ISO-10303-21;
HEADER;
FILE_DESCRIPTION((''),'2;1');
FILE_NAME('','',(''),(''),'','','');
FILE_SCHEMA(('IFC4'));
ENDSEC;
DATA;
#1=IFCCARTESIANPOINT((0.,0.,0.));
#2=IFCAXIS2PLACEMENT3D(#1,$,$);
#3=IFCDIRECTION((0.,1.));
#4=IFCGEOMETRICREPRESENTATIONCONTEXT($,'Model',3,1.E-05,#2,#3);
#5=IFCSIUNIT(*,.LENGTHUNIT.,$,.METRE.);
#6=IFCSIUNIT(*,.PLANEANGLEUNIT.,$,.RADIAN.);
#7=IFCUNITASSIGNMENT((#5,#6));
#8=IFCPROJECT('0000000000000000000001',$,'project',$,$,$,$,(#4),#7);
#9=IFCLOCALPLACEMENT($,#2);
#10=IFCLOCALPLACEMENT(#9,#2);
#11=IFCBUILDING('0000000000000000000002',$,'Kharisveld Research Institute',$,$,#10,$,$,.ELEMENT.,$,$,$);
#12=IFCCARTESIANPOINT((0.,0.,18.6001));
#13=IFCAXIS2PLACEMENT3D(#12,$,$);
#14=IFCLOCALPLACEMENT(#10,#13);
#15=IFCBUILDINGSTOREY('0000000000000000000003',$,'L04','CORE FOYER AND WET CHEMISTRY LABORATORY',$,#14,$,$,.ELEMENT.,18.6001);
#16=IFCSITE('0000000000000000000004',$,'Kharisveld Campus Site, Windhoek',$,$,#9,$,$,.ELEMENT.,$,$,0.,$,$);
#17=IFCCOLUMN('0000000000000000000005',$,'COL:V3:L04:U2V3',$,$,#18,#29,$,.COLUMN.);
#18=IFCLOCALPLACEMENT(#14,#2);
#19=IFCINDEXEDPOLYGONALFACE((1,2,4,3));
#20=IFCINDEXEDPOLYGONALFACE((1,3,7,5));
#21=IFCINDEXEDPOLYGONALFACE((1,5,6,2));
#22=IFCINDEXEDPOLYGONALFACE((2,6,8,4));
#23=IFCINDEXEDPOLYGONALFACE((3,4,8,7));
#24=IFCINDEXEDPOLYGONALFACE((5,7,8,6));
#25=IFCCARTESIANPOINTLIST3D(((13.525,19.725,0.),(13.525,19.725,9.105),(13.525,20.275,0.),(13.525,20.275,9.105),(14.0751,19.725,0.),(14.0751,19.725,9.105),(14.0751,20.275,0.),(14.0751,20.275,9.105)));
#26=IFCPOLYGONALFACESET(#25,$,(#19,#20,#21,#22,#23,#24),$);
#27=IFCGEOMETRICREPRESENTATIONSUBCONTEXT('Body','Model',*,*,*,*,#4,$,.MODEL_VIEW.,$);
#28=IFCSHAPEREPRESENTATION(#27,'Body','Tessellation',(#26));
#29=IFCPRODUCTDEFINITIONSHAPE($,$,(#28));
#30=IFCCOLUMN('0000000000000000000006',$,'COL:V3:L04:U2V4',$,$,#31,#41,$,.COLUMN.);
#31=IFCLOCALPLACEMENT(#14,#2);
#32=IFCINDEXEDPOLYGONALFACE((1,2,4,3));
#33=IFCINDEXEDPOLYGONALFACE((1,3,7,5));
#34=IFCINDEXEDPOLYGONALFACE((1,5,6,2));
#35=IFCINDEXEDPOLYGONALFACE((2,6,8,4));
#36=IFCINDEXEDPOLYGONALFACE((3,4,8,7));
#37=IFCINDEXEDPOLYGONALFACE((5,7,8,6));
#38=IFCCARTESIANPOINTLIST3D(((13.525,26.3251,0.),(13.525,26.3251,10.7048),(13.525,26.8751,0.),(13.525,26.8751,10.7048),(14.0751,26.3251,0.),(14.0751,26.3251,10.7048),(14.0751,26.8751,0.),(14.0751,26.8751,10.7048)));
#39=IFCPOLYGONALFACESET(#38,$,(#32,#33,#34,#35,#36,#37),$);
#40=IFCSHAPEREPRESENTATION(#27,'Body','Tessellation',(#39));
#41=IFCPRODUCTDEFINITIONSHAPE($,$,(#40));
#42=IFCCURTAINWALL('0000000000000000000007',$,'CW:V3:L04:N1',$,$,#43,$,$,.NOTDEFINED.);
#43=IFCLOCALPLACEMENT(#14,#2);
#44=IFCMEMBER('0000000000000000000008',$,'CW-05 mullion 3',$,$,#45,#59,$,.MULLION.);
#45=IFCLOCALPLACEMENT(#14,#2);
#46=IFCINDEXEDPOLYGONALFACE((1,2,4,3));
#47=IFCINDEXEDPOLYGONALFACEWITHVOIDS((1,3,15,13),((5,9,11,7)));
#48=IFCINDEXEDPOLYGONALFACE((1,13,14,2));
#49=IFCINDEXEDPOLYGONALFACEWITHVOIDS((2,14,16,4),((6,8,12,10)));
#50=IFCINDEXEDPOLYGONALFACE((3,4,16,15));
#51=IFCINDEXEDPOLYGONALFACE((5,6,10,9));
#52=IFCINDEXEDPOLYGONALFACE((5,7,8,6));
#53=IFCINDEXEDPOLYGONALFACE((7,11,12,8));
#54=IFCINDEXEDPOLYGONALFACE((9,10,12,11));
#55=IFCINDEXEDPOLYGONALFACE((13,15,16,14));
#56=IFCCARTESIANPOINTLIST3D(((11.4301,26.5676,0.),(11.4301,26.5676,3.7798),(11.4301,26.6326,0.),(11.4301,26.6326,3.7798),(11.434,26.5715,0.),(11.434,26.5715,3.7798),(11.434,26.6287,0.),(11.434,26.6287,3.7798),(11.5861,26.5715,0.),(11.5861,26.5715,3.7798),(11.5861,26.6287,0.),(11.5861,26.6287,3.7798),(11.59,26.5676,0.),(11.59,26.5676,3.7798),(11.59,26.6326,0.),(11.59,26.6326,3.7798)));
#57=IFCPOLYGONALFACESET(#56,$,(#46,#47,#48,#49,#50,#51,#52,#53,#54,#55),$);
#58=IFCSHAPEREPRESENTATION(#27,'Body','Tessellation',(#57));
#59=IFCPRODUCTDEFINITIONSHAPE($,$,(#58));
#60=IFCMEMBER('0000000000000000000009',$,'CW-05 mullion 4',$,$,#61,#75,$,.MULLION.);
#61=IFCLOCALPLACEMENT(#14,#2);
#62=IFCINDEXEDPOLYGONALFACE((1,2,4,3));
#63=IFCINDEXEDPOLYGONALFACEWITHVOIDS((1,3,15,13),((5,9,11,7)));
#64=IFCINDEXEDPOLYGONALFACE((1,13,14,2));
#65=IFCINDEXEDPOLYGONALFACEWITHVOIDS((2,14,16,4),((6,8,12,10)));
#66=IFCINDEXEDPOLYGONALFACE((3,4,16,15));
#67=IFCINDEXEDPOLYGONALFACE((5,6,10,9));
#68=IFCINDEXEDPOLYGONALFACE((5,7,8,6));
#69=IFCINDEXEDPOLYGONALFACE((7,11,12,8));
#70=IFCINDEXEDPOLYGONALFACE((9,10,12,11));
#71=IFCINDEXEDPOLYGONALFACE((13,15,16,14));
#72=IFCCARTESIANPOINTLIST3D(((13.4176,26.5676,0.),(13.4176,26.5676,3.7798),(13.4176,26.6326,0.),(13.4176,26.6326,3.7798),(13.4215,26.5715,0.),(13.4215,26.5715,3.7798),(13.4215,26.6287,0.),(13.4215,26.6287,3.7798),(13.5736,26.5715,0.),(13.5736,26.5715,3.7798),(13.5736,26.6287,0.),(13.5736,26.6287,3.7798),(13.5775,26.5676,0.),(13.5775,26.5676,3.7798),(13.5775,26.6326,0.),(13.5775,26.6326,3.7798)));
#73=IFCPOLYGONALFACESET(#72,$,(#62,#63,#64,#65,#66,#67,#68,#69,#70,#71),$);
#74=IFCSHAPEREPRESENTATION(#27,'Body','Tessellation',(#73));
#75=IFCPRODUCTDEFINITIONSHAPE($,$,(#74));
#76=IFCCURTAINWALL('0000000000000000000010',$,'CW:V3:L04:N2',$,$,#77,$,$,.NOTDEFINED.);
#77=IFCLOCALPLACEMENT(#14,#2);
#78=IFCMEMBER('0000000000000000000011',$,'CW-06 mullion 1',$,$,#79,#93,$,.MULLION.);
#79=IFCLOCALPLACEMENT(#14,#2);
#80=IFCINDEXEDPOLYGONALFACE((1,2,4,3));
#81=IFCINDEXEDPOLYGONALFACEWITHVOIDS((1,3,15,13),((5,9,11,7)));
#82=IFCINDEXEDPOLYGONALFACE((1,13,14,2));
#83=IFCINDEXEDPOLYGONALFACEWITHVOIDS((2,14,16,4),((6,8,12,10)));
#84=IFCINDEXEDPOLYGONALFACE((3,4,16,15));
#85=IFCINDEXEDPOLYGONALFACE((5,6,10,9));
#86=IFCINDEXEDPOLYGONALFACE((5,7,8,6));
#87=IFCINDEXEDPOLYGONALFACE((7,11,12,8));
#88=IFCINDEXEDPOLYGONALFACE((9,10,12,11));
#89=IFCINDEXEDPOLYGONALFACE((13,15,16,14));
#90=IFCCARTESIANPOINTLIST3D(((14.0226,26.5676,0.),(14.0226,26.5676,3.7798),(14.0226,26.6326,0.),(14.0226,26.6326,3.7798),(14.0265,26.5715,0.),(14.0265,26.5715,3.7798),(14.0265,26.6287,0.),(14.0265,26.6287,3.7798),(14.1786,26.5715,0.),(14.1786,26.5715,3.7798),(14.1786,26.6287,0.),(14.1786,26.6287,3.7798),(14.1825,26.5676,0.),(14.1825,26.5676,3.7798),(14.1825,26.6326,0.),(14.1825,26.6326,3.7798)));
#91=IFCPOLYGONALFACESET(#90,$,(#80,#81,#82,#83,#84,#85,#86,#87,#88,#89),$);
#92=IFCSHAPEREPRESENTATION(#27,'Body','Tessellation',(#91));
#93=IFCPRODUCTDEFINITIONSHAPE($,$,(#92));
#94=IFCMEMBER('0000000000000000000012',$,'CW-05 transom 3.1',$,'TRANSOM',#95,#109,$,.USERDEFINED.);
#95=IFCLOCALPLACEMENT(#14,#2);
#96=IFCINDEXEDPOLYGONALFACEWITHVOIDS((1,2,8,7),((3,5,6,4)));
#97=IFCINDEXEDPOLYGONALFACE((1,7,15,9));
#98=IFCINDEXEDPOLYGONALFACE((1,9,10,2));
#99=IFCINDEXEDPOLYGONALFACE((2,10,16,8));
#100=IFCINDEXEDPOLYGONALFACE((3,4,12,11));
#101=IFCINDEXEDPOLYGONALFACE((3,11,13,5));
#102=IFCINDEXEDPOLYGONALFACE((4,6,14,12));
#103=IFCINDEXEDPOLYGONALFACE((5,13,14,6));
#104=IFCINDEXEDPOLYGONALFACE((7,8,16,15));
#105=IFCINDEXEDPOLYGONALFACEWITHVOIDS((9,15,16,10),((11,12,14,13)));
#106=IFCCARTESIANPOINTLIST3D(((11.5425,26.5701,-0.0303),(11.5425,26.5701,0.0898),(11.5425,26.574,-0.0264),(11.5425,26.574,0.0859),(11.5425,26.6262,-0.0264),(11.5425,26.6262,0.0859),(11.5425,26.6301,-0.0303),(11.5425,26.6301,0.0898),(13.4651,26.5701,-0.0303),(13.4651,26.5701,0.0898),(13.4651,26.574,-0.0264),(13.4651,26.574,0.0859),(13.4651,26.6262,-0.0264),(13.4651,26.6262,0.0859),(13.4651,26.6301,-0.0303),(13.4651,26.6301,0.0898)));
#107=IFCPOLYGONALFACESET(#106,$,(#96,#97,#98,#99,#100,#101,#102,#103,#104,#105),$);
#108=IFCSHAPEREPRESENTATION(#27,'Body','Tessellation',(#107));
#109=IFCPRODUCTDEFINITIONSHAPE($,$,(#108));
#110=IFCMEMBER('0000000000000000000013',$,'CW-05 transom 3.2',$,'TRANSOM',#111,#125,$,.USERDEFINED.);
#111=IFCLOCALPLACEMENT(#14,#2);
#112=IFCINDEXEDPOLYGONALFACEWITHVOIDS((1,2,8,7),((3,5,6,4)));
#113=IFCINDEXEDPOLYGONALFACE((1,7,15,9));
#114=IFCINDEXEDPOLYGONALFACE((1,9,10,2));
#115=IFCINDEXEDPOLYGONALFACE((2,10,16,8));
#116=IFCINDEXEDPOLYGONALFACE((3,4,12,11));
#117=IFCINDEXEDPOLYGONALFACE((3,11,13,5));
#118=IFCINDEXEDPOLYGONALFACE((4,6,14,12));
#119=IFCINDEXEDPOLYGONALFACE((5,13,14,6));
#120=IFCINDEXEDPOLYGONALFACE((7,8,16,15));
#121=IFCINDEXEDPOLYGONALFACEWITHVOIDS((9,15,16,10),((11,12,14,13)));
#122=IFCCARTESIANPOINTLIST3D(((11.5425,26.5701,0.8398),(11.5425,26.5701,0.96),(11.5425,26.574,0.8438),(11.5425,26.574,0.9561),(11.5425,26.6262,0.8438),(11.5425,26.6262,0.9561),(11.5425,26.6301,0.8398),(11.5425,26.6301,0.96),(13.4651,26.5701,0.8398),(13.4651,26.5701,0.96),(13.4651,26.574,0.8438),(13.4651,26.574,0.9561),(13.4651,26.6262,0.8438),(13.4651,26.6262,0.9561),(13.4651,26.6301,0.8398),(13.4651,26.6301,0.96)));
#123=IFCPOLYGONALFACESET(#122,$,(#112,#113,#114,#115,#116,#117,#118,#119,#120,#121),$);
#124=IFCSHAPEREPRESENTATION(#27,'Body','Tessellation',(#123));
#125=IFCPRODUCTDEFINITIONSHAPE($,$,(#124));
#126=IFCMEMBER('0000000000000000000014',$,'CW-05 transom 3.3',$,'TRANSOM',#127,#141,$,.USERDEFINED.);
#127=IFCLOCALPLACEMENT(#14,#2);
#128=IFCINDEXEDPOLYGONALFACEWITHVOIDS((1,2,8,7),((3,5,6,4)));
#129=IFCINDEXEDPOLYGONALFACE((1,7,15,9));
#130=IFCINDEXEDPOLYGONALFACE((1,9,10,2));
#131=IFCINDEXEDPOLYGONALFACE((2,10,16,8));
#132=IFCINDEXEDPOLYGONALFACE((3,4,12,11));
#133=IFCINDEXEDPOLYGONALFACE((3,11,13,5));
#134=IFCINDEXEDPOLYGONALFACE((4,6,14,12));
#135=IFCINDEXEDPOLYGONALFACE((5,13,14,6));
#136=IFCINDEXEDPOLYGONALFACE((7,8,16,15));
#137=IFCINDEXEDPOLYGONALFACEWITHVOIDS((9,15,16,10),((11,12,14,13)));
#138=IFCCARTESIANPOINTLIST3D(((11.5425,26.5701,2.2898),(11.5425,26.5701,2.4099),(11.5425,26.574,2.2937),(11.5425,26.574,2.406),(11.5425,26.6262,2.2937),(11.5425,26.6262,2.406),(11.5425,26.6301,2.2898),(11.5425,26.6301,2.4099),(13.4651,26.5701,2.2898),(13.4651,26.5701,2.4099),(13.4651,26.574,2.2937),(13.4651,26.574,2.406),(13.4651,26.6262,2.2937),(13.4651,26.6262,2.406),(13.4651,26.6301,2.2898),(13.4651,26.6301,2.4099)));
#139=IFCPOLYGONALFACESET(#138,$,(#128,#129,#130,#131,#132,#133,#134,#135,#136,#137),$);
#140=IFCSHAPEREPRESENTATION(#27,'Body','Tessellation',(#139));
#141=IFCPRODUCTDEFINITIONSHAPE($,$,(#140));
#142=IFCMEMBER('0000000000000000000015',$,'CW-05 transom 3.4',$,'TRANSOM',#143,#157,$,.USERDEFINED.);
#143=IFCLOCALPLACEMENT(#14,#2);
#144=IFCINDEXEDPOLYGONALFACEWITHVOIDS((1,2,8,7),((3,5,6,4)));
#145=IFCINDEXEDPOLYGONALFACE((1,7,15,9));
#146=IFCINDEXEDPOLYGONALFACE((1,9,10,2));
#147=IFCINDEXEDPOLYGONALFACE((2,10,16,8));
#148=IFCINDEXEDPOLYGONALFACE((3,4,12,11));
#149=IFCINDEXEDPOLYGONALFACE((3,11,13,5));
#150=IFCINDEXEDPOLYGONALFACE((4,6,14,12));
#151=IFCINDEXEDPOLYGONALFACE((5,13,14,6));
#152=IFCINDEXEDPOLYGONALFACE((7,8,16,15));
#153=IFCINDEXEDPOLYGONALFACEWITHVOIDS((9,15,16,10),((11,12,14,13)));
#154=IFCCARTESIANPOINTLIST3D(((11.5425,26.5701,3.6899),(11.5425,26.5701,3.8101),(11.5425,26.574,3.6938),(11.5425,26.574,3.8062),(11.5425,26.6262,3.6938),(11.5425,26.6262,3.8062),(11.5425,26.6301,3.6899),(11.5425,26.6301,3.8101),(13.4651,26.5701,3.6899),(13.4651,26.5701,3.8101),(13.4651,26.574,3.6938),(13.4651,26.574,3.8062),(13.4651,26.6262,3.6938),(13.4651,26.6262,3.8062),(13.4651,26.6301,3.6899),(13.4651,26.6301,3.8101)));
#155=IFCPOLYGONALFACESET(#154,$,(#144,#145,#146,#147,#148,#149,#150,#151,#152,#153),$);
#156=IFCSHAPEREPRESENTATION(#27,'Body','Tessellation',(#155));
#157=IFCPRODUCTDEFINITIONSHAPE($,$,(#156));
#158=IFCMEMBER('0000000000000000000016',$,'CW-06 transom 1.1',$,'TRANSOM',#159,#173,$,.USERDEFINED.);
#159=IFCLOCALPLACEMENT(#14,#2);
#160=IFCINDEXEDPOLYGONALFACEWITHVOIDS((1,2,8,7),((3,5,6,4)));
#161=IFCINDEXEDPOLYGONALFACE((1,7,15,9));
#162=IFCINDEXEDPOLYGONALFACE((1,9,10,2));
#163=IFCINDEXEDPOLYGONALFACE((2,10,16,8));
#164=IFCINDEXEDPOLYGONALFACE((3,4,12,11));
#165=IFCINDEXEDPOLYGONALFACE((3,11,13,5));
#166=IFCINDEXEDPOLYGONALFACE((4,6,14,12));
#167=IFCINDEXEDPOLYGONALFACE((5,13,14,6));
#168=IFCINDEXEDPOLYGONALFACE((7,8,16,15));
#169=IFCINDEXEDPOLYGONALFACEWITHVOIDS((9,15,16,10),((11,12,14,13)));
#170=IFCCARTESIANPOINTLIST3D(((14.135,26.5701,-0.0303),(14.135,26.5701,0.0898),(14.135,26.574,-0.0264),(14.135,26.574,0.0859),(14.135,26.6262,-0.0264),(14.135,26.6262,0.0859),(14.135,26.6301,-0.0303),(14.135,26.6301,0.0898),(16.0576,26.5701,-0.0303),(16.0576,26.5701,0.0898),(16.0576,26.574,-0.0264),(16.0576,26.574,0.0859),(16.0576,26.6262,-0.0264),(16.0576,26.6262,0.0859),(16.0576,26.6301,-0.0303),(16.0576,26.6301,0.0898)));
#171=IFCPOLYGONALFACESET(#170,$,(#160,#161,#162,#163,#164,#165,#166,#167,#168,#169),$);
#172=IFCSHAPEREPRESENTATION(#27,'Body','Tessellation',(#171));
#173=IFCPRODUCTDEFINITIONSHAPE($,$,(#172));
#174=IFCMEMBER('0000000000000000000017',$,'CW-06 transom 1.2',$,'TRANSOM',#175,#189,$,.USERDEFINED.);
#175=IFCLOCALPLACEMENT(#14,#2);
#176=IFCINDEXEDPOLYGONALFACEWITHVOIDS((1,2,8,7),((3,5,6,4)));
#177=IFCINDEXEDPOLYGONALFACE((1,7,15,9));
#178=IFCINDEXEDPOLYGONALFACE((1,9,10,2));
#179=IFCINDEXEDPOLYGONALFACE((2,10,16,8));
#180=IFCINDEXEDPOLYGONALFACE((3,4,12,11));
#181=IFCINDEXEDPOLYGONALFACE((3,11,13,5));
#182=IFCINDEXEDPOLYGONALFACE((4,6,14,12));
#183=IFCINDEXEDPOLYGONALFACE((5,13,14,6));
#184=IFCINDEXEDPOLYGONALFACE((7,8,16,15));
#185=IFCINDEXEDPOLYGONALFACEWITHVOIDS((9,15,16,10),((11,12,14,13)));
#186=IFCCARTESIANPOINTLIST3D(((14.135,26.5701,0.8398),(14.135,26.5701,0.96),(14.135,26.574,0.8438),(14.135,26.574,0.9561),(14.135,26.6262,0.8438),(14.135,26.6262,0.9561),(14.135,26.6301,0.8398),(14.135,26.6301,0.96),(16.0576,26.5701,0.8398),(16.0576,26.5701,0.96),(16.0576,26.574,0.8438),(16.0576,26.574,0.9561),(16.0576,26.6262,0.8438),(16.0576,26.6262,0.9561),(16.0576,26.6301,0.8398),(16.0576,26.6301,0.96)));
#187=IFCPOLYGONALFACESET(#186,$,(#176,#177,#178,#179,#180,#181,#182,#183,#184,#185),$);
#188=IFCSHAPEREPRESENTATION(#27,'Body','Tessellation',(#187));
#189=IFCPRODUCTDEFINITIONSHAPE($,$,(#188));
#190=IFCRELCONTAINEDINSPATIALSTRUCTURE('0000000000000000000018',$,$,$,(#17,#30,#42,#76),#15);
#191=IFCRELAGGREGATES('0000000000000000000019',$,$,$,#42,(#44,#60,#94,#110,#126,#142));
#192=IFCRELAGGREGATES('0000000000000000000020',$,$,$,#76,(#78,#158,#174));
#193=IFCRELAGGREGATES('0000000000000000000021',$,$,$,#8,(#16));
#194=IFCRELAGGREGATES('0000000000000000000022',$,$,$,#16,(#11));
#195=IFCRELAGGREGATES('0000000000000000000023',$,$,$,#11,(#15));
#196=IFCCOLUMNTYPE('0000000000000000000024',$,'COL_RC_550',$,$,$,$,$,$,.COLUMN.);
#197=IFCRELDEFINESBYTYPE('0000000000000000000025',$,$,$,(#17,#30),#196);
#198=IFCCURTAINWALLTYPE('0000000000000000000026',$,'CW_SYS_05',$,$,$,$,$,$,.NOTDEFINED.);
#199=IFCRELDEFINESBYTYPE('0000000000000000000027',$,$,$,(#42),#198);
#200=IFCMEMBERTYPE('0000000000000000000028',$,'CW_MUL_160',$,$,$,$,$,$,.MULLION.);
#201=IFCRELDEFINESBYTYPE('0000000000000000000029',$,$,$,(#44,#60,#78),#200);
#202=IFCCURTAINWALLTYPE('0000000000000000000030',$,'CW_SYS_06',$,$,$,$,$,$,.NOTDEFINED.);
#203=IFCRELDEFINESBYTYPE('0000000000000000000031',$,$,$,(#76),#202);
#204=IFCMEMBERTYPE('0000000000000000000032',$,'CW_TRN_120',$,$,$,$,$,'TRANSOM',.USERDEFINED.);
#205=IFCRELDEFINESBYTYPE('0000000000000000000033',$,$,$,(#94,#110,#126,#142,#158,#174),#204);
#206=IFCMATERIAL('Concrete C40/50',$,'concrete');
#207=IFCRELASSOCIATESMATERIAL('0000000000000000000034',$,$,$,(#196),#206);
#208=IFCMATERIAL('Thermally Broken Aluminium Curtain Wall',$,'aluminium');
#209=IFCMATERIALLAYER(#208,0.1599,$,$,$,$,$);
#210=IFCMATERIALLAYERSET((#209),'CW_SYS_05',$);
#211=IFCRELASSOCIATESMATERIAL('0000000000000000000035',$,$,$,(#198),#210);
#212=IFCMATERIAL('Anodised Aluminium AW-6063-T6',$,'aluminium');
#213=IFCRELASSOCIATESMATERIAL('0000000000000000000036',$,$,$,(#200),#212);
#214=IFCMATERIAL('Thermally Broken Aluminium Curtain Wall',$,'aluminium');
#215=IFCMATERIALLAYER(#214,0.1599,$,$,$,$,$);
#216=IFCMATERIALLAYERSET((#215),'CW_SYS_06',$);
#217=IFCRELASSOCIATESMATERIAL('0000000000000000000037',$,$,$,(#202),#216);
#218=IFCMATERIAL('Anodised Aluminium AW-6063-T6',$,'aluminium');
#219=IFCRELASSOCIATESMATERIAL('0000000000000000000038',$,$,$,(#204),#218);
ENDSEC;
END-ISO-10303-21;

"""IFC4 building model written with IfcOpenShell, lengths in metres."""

from ifc_helpers import new_model, si_unit, direction, frame, origin, origin_2d, place, context, subcontext, project, spatial, rectangle, hollow_rectangle, extrude, material, layer, layer_set, material_profile, profile_set, type_object, element, aggregate, save


model = new_model("IFC4")

# Units and contexts
model_context = context("Model", 3, precision=1e-05, world=origin(), true_north=direction((0.0, 1.0)))
body_context = subcontext(model_context, "Body", "Model", "MODEL_VIEW")
ifc_project = project(units=[si_unit("LENGTHUNIT", "METRE"), si_unit("PLANEANGLEUNIT", "RADIAN")], contexts=[model_context])

# Site, building, storey
site_placement = place(None, origin())
site = spatial("IfcSite", under=ifc_project, at=site_placement, Name="Kharisveld Campus Site, Windhoek", CompositionType="ELEMENT", RefElevation=0.0)
building_placement = place(site_placement, origin())
building = spatial("IfcBuilding", under=site, at=building_placement, Name="Kharisveld Research Institute", CompositionType="ELEMENT")
storey_placement = place(building_placement, frame((0.0, 0.0, 18.6001)))
storey = spatial("IfcBuildingStorey", under=building, at=storey_placement, Name="L04", Description="CORE FOYER AND WET CHEMISTRY LABORATORY", CompositionType="ELEMENT", Elevation=18.6001)

# Columns
ifc_material_1 = material(Name="Concrete C40/50", Category="concrete")
ifc_material_profile_1 = material_profile(ifc_material_1, rectangle(XDim=0.55, YDim=0.55, at=origin_2d()))
ifc_profile_set_1 = profile_set([ifc_material_profile_1], Name="Concrete C40/50")
column_type = type_object("IfcColumnType", Name="COL_RC_550", PredefinedType="COLUMN", material=ifc_profile_set_1)
column_1_placement = place(storey_placement, frame((13.8, 20.0, 0.0), z_axis=(0.0, 0.0, 1.0), x_axis=(1.0, 0.0, 0.0)))
element("IfcColumn", 1, at=column_1_placement, inside=storey, type_object=column_type, Name="COL:V3:L04:U2V3", PredefinedType="COLUMN", context=body_context, shape_type="SweptSolid", body=[
    extrude(rectangle(XDim=0.55, YDim=0.55, at=origin_2d()), origin(), (0.0, 0.0, 1.0), 9.105),
])
column_2_placement = place(storey_placement, frame((13.8, 26.6001, 0.0), z_axis=(0.0, 0.0, 1.0), x_axis=(1.0, 0.0, 0.0)))
element("IfcColumn", 2, at=column_2_placement, inside=storey, type_object=column_type, Name="COL:V3:L04:U2V4", PredefinedType="COLUMN", context=body_context, shape_type="SweptSolid", body=[
    extrude(rectangle(XDim=0.55, YDim=0.55, at=origin_2d()), origin(), (0.0, 0.0, 1.0), 10.7048),
])

# Curtain wall, members
ifc_material_2 = material(Name="Thermally Broken Aluminium Curtain Wall", Category="aluminium")
ifc_layer_1 = layer(ifc_material_2, 0.1599)
ifc_layer_set_1 = layer_set([ifc_layer_1], Name="CW_SYS_05")
curtain_wall_type_1 = type_object("IfcCurtainWallType", Name="CW_SYS_05", PredefinedType="NOTDEFINED", material=ifc_layer_set_1)
curtain_wall_1_placement = place(storey_placement, origin())
curtain_wall_1 = element("IfcCurtainWall", 3, at=curtain_wall_1_placement, inside=storey, type_object=curtain_wall_type_1, Name="CW:V3:L04:N1", PredefinedType="NOTDEFINED")
ifc_material_3 = material(Name="Anodised Aluminium AW-6063-T6", Category="aluminium")
ifc_material_profile_2 = material_profile(ifc_material_3, hollow_rectangle(XDim=0.0649, YDim=0.1599, WallThickness=0.0039, at=origin_2d()))
ifc_profile_set_2 = profile_set([ifc_material_profile_2], Name="Anodised Aluminium AW-6063-T6")
member_type_1 = type_object("IfcMemberType", Name="CW_MUL_160", PredefinedType="MULLION", material=ifc_profile_set_2)
member_1_placement = place(storey_placement, frame((11.51, 26.6001, 0.0), z_axis=(0.0, 0.0, 1.0), x_axis=(0.0, 1.0, 0.0)))
member_1 = element("IfcMember", 4, at=member_1_placement, type_object=member_type_1, Name="CW-05 mullion 3", PredefinedType="MULLION", context=body_context, shape_type="SweptSolid", body=[
    extrude(hollow_rectangle(XDim=0.0649, YDim=0.1599, WallThickness=0.0039, at=origin_2d()), origin(), (0.0, 0.0, 1.0), 3.7798),
])
member_2_placement = place(storey_placement, frame((13.4976, 26.6001, 0.0), z_axis=(0.0, 0.0, 1.0), x_axis=(0.0, 1.0, 0.0)))
member_2 = element("IfcMember", 5, at=member_2_placement, type_object=member_type_1, Name="CW-05 mullion 4", PredefinedType="MULLION", context=body_context, shape_type="SweptSolid", body=[
    extrude(hollow_rectangle(XDim=0.0649, YDim=0.1599, WallThickness=0.0039, at=origin_2d()), origin(), (0.0, 0.0, 1.0), 3.7798),
])

# Curtain wall, member
ifc_material_4 = material(Name="Thermally Broken Aluminium Curtain Wall", Category="aluminium")
ifc_layer_2 = layer(ifc_material_4, 0.1599)
ifc_layer_set_2 = layer_set([ifc_layer_2], Name="CW_SYS_06")
curtain_wall_type_2 = type_object("IfcCurtainWallType", Name="CW_SYS_06", PredefinedType="NOTDEFINED", material=ifc_layer_set_2)
curtain_wall_2_placement = place(storey_placement, origin())
curtain_wall_2 = element("IfcCurtainWall", 6, at=curtain_wall_2_placement, inside=storey, type_object=curtain_wall_type_2, Name="CW:V3:L04:N2", PredefinedType="NOTDEFINED")
member_3_placement = place(storey_placement, frame((14.1025, 26.6001, 0.0), z_axis=(0.0, 0.0, 1.0), x_axis=(0.0, 1.0, 0.0)))
member_3 = element("IfcMember", 7, at=member_3_placement, type_object=member_type_1, Name="CW-06 mullion 1", PredefinedType="MULLION", context=body_context, shape_type="SweptSolid", body=[
    extrude(hollow_rectangle(XDim=0.0649, YDim=0.1599, WallThickness=0.0039, at=origin_2d()), origin(), (0.0, 0.0, 1.0), 3.7798),
])

# Members
ifc_material_5 = material(Name="Anodised Aluminium AW-6063-T6", Category="aluminium")
ifc_material_profile_3 = material_profile(ifc_material_5, hollow_rectangle(XDim=0.0601, YDim=0.1201, WallThickness=0.0039, at=origin_2d()))
ifc_profile_set_3 = profile_set([ifc_material_profile_3], Name="Anodised Aluminium AW-6063-T6")
member_type_2 = type_object("IfcMemberType", Name="CW_TRN_120", ElementType="TRANSOM", PredefinedType="USERDEFINED", material=ifc_profile_set_3)
member_4_placement = place(storey_placement, frame((11.5425, 26.6001, 0.0298), z_axis=(1.0, 0.0, 0.0), x_axis=(0.0, 1.0, 0.0)))
member_4 = element("IfcMember", 8, at=member_4_placement, type_object=member_type_2, Name="CW-05 transom 3.1", ObjectType="TRANSOM", PredefinedType="USERDEFINED", context=body_context, shape_type="SweptSolid", body=[
    extrude(hollow_rectangle(XDim=0.0601, YDim=0.1201, WallThickness=0.0039, at=origin_2d()), origin(), (0.0, 0.0, 1.0), 1.9226),
])
member_5_placement = place(storey_placement, frame((11.5425, 26.6001, 0.8999), z_axis=(1.0, 0.0, 0.0), x_axis=(0.0, 1.0, 0.0)))
member_5 = element("IfcMember", 9, at=member_5_placement, type_object=member_type_2, Name="CW-05 transom 3.2", ObjectType="TRANSOM", PredefinedType="USERDEFINED", context=body_context, shape_type="SweptSolid", body=[
    extrude(hollow_rectangle(XDim=0.0601, YDim=0.1201, WallThickness=0.0039, at=origin_2d()), origin(), (0.0, 0.0, 1.0), 1.9226),
])
member_6_placement = place(storey_placement, frame((11.5425, 26.6001, 2.3499), z_axis=(1.0, 0.0, 0.0), x_axis=(0.0, 1.0, 0.0)))
member_6 = element("IfcMember", 10, at=member_6_placement, type_object=member_type_2, Name="CW-05 transom 3.3", ObjectType="TRANSOM", PredefinedType="USERDEFINED", context=body_context, shape_type="SweptSolid", body=[
    extrude(hollow_rectangle(XDim=0.0601, YDim=0.1201, WallThickness=0.0039, at=origin_2d()), origin(), (0.0, 0.0, 1.0), 1.9226),
])
member_7_placement = place(storey_placement, frame((11.5425, 26.6001, 3.75), z_axis=(1.0, 0.0, 0.0), x_axis=(0.0, 1.0, 0.0)))
member_7 = element("IfcMember", 11, at=member_7_placement, type_object=member_type_2, Name="CW-05 transom 3.4", ObjectType="TRANSOM", PredefinedType="USERDEFINED", context=body_context, shape_type="SweptSolid", body=[
    extrude(hollow_rectangle(XDim=0.0601, YDim=0.1201, WallThickness=0.0039, at=origin_2d()), origin(), (0.0, 0.0, 1.0), 1.9226),
])
member_8_placement = place(storey_placement, frame((14.135, 26.6001, 0.0298), z_axis=(1.0, 0.0, 0.0), x_axis=(0.0, 1.0, 0.0)))
member_8 = element("IfcMember", 12, at=member_8_placement, type_object=member_type_2, Name="CW-06 transom 1.1", ObjectType="TRANSOM", PredefinedType="USERDEFINED", context=body_context, shape_type="SweptSolid", body=[
    extrude(hollow_rectangle(XDim=0.0601, YDim=0.1201, WallThickness=0.0039, at=origin_2d()), origin(), (0.0, 0.0, 1.0), 1.9226),
])
member_9_placement = place(storey_placement, frame((14.135, 26.6001, 0.8999), z_axis=(1.0, 0.0, 0.0), x_axis=(0.0, 1.0, 0.0)))
member_9 = element("IfcMember", 13, at=member_9_placement, type_object=member_type_2, Name="CW-06 transom 1.2", ObjectType="TRANSOM", PredefinedType="USERDEFINED", context=body_context, shape_type="SweptSolid", body=[
    extrude(hollow_rectangle(XDim=0.0601, YDim=0.1201, WallThickness=0.0039, at=origin_2d()), origin(), (0.0, 0.0, 1.0), 1.9226),
])

aggregate(curtain_wall_1, [member_1, member_2, member_4, member_5, member_6, member_7])
aggregate(curtain_wall_2, [member_3, member_8, member_9])

save(model, "model.ifc")
